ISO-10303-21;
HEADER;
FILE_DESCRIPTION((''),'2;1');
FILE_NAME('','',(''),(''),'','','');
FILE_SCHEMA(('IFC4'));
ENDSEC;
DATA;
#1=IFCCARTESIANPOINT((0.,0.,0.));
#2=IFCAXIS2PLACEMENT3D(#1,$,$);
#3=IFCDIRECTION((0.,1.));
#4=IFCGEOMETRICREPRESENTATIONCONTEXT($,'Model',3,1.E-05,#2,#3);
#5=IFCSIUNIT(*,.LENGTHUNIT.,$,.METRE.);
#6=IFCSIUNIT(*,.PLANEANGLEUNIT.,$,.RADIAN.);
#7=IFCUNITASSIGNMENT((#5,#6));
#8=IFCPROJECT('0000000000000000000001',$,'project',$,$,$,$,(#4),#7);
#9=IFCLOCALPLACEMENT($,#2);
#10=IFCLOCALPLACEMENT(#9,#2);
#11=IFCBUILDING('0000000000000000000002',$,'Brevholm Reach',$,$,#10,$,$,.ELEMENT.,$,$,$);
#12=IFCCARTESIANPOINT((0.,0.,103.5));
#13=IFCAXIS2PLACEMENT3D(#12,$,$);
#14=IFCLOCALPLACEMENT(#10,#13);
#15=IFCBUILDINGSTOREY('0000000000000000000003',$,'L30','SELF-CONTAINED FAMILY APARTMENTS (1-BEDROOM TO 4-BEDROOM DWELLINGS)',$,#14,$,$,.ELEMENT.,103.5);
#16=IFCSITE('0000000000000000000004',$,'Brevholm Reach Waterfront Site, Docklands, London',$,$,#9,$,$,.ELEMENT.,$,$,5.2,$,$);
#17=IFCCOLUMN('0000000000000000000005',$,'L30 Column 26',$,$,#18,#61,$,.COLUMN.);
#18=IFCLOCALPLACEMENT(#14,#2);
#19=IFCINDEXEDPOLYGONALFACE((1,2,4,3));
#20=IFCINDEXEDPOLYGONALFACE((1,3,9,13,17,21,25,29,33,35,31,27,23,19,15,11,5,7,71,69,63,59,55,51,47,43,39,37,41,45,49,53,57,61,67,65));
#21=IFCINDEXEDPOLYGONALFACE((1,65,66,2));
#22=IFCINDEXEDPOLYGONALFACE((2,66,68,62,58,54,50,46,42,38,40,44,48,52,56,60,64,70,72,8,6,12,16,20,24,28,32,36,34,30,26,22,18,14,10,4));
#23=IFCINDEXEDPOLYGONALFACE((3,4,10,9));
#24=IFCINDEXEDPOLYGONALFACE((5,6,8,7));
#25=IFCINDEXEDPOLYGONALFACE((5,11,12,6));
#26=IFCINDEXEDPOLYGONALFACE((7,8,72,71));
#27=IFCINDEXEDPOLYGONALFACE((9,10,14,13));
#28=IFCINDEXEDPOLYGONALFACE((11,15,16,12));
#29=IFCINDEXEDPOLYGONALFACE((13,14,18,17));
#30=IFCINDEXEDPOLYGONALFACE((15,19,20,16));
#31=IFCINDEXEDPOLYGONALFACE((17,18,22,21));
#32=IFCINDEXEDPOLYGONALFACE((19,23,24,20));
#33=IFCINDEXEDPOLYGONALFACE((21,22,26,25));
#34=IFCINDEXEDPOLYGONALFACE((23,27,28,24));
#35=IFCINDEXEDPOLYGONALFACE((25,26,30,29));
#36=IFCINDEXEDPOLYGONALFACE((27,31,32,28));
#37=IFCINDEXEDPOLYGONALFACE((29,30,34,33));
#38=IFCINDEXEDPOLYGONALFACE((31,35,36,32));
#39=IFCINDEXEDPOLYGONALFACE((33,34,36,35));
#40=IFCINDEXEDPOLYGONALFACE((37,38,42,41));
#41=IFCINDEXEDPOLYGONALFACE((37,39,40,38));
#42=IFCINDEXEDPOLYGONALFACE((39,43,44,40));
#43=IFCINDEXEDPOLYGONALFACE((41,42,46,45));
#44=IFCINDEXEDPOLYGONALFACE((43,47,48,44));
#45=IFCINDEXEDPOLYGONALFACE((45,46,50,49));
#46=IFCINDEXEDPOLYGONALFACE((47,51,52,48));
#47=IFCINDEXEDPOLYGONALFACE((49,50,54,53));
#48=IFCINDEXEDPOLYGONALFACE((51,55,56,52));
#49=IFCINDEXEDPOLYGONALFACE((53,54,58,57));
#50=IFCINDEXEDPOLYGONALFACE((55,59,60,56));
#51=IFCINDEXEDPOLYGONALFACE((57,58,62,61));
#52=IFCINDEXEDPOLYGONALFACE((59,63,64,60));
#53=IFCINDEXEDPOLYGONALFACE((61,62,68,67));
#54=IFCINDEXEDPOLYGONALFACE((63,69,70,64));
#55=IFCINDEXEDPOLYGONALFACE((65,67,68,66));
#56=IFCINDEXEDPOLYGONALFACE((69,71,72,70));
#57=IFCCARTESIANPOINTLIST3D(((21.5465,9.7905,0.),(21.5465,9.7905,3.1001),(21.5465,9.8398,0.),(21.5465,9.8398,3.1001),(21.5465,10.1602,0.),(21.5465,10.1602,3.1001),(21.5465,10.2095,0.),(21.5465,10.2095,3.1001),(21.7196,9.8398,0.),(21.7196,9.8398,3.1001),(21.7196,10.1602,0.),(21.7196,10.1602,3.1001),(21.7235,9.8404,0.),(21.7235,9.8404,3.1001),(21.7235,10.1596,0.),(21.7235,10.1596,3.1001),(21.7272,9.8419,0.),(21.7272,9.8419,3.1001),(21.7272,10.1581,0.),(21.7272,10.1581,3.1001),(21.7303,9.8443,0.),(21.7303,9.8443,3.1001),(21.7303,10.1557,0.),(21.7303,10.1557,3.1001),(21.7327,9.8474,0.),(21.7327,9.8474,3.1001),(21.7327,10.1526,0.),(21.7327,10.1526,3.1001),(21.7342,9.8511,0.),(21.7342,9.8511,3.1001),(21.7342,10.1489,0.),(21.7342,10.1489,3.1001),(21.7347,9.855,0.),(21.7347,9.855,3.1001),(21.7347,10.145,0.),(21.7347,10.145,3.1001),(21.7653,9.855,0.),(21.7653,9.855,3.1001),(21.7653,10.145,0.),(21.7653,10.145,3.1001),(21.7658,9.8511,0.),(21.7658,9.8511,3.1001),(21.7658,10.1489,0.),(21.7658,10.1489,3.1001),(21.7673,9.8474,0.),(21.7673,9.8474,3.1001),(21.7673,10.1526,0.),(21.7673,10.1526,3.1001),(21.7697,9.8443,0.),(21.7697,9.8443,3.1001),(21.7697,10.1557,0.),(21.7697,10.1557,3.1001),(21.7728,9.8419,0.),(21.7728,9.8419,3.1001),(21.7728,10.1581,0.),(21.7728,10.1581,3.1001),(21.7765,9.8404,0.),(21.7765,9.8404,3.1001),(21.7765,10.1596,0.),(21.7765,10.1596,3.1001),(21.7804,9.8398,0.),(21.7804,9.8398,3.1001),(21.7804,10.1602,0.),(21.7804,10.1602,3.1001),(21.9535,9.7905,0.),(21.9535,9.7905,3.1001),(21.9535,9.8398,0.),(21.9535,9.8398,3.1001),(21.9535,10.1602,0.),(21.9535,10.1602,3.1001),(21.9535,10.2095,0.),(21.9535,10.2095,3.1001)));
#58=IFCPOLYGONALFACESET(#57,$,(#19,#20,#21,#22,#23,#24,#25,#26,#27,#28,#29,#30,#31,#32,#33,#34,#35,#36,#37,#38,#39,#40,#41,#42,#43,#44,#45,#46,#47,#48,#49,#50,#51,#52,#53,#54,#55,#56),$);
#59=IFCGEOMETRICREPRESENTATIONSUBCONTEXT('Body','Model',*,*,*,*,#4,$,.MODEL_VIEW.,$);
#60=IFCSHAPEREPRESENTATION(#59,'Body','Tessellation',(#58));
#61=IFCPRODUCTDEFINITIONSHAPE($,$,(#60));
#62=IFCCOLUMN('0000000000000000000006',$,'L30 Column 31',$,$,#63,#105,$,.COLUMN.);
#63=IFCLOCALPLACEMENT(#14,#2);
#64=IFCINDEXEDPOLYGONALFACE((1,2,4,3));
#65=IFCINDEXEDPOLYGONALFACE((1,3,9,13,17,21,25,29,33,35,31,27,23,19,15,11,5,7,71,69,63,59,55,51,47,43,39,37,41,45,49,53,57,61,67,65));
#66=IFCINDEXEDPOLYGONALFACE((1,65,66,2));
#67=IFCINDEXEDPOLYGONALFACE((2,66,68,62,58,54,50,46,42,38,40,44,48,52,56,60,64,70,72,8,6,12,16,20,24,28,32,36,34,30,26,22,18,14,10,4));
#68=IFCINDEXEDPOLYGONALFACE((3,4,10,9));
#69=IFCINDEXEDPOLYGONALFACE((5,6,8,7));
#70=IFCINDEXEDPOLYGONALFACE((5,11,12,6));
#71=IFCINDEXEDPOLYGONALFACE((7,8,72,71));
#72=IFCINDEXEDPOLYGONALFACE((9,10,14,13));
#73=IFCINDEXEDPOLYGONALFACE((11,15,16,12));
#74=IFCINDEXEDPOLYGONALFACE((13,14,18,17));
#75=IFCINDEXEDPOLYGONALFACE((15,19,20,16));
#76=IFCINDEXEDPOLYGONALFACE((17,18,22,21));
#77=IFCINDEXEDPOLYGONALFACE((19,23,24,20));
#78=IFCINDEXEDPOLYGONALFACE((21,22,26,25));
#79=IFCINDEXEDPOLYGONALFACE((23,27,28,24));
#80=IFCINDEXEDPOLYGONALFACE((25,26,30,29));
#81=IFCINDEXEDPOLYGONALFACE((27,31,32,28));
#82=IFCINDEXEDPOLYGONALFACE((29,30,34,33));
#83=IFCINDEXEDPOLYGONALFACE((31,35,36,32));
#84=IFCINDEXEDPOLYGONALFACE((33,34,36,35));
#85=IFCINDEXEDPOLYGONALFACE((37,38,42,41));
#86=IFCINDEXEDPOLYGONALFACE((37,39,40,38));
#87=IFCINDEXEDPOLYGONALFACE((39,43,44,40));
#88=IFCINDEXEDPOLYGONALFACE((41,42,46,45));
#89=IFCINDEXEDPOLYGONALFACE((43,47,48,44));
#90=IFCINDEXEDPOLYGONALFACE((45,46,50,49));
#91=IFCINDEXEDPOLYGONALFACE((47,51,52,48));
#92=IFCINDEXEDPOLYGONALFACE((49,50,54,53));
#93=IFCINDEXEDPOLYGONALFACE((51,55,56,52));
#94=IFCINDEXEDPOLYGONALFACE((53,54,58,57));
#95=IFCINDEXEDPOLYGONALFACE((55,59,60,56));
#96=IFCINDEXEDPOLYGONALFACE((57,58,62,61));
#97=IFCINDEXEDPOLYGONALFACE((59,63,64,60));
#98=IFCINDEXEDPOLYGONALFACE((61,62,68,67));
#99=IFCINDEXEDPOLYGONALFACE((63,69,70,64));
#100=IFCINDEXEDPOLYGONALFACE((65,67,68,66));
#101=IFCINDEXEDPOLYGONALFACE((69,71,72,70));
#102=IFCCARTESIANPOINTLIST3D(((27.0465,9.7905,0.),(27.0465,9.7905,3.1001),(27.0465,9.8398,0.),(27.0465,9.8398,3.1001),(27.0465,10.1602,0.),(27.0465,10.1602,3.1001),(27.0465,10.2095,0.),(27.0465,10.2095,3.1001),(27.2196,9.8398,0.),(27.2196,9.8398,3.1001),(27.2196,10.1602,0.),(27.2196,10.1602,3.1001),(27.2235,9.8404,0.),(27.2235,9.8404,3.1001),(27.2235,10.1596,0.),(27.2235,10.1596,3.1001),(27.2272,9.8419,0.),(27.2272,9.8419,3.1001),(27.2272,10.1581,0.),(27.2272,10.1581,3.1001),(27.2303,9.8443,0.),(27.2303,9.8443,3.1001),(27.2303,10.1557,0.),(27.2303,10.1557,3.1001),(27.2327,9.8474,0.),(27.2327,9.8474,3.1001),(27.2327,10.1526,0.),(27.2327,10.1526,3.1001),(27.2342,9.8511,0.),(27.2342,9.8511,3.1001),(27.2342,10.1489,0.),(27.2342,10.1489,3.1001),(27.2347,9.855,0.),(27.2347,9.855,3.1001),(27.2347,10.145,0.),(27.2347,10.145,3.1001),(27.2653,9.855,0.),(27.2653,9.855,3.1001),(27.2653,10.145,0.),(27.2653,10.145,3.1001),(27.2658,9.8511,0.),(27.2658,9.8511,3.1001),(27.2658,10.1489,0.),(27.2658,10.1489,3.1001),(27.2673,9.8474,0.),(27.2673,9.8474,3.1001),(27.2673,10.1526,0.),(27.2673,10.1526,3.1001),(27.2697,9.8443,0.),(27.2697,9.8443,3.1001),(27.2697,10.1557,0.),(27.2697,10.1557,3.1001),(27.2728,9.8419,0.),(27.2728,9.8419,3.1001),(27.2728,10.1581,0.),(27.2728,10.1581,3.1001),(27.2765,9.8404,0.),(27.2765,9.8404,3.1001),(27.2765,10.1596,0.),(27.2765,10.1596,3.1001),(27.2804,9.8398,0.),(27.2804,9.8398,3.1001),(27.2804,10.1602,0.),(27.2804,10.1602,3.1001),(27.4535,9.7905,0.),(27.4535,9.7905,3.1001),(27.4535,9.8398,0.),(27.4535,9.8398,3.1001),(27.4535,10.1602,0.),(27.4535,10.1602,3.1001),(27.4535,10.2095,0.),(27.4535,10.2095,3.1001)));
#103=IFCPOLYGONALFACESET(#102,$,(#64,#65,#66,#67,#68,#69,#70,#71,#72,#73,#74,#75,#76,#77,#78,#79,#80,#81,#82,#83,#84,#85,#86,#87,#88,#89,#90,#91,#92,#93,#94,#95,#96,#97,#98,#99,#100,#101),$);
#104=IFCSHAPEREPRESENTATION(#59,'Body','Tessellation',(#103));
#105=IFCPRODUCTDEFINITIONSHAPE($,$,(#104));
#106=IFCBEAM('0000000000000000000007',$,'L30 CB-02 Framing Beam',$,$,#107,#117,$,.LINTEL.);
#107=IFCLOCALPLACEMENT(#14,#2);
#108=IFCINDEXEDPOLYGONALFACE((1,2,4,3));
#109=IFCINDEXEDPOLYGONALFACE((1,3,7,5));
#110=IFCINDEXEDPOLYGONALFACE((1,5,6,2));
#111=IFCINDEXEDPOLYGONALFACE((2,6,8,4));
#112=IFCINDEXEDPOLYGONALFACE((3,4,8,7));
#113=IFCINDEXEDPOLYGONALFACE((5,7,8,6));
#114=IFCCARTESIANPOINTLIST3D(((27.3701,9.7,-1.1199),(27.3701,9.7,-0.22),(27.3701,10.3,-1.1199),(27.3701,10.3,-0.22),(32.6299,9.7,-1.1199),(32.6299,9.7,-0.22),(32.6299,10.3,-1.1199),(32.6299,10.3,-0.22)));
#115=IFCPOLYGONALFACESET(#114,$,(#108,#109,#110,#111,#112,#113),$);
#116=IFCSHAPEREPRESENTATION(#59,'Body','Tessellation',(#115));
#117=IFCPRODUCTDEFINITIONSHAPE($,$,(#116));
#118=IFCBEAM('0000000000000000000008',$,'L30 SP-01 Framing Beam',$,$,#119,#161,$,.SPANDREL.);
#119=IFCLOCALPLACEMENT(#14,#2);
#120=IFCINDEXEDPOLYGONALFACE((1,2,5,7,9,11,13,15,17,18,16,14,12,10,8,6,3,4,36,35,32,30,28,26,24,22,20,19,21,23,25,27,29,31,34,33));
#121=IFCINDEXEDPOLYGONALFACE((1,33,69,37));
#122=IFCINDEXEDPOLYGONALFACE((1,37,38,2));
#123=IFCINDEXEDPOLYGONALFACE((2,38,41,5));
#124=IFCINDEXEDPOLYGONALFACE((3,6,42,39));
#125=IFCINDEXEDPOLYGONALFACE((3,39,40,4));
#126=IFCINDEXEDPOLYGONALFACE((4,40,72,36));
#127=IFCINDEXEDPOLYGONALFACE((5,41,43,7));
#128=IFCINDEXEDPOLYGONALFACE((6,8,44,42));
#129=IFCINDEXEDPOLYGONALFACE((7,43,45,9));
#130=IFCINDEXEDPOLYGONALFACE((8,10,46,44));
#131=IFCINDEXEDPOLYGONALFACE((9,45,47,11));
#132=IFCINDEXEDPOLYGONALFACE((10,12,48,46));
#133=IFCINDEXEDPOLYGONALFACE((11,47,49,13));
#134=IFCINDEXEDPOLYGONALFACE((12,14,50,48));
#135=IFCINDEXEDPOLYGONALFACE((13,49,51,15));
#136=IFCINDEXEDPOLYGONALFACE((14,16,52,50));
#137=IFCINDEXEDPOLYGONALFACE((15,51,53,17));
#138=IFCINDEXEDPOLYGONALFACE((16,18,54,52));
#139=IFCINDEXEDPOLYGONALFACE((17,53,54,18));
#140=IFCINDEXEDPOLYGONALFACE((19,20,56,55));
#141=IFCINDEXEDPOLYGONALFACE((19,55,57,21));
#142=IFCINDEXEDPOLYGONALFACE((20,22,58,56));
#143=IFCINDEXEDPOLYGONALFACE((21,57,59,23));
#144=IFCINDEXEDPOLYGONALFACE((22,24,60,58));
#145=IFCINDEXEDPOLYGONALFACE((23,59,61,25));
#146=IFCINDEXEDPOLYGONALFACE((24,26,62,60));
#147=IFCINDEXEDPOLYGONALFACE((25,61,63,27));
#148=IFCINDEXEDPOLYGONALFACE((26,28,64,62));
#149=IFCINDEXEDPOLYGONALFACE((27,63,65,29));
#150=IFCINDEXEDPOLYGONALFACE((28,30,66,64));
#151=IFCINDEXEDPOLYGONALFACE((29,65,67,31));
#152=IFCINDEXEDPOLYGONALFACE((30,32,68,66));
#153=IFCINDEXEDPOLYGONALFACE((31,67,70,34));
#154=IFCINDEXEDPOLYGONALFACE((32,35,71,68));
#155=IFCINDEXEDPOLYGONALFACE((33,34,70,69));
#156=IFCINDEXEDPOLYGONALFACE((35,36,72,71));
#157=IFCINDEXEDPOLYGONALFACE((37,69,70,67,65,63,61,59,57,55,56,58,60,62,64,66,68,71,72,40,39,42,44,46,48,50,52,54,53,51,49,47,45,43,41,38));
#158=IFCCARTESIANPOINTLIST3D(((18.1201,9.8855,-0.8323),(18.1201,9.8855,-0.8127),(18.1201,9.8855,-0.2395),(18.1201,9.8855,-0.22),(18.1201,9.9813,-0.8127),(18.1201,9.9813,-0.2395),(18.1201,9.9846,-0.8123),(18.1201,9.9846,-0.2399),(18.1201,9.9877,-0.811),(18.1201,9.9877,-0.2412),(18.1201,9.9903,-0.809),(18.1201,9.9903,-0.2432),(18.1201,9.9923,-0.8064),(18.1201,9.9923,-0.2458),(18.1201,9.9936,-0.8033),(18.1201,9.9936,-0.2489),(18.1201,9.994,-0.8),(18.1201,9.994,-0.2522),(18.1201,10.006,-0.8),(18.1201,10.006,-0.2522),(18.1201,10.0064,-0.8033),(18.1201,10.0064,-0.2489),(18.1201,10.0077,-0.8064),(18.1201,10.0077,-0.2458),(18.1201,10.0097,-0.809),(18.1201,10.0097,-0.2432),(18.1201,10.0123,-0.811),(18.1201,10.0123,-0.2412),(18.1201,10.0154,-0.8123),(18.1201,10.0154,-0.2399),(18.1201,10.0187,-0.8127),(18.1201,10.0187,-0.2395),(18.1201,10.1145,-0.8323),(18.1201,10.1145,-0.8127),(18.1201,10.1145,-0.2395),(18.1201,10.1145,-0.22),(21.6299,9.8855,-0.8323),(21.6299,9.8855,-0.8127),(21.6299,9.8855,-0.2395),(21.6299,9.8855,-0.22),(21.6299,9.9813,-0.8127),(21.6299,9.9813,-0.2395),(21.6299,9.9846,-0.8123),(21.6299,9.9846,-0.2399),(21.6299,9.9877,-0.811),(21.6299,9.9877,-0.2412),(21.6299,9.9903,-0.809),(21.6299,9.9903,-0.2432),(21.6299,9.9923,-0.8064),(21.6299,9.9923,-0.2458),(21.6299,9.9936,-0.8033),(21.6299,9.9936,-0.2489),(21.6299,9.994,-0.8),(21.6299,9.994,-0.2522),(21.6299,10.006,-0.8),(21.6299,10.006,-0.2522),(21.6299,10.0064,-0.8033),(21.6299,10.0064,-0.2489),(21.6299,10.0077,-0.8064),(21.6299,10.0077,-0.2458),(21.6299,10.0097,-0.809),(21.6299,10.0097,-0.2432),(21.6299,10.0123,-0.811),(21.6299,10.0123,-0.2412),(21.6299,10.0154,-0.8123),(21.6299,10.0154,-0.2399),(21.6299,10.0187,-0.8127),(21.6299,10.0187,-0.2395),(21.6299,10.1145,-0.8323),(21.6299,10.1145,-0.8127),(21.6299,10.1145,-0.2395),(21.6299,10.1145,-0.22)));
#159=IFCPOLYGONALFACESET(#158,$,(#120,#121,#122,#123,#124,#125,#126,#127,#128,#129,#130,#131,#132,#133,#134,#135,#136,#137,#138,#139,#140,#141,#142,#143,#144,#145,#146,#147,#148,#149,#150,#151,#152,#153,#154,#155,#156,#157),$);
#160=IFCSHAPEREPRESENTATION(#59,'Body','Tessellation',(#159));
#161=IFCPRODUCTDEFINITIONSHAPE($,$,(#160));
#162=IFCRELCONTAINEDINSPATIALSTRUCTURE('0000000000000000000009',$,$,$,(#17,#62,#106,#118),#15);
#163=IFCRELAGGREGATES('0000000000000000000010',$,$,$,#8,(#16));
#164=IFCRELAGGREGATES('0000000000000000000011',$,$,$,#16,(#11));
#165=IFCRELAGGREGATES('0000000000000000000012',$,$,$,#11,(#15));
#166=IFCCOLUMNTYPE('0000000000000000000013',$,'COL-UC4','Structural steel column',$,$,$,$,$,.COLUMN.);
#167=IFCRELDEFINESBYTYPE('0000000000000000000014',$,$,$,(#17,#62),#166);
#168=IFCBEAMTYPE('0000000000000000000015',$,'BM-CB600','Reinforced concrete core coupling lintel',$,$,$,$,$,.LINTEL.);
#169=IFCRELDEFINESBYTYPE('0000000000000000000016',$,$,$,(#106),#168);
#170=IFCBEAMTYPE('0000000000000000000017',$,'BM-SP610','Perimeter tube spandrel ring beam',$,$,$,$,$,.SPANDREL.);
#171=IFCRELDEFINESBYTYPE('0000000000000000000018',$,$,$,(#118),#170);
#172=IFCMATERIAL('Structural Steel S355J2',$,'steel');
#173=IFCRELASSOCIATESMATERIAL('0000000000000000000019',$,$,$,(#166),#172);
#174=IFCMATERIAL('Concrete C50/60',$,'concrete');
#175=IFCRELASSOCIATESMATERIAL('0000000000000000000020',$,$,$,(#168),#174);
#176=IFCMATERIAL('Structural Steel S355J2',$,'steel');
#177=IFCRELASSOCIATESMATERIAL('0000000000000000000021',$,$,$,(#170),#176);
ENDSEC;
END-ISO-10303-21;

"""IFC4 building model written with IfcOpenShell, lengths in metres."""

from ifc_helpers import new_model, si_unit, direction, frame, origin, origin_2d, place, context, subcontext, project, spatial, rectangle, i_section, extrude, material, material_profile, profile_set, type_object, element, save


model = new_model("IFC4")

# Units and contexts
model_context = context("Model", 3, precision=1e-05, world=origin(), true_north=direction((0.0, 1.0)))
body_context = subcontext(model_context, "Body", "Model", "MODEL_VIEW")
ifc_project = project(units=[si_unit("LENGTHUNIT", "METRE"), si_unit("PLANEANGLEUNIT", "RADIAN")], contexts=[model_context])

# Site, building, storey
site_placement = place(None, origin())
site = spatial("IfcSite", under=ifc_project, at=site_placement, Name="Brevholm Reach Waterfront Site, Docklands, London", CompositionType="ELEMENT", RefElevation=5.2)
building_placement = place(site_placement, origin())
building = spatial("IfcBuilding", under=site, at=building_placement, Name="Brevholm Reach", CompositionType="ELEMENT")
storey_placement = place(building_placement, frame((0.0, 0.0, 103.5)))
storey = spatial("IfcBuildingStorey", under=building, at=storey_placement, Name="L30", Description="SELF-CONTAINED FAMILY APARTMENTS (1-BEDROOM TO 4-BEDROOM DWELLINGS)", CompositionType="ELEMENT", Elevation=103.5)

# Columns
ifc_material_1 = material(Name="Structural Steel S355J2", Category="steel")
ifc_material_profile_1 = material_profile(ifc_material_1, i_section(OverallWidth=0.407, OverallDepth=0.4189, WebThickness=0.0305, FlangeThickness=0.0493, FilletRadius=0.0151, at=origin_2d()), Name="UKC 356x406x393")
ifc_profile_set_1 = profile_set([ifc_material_profile_1], Name="Structural Steel S355J2")
column_type = type_object("IfcColumnType", Name="COL-UC4", Description="Structural steel column", PredefinedType="COLUMN", material=ifc_profile_set_1)
for number, where, z_axis, x_axis, name in (
    (1, (21.75, 10.0, 0.0), (0.0, 0.0, 1.0), (1.0, 0.0, 0.0), "L30 Column 26"),
    (2, (27.25, 10.0, 0.0), (0.0, 0.0, 1.0), (1.0, 0.0, 0.0), "L30 Column 31"),
):
    element("IfcColumn", number, at=place(storey_placement, frame(where, z_axis=z_axis, x_axis=x_axis)), inside=storey, type_object=column_type, Name=name, PredefinedType="COLUMN", context=body_context, shape_type="SweptSolid", body=[
        extrude(i_section(OverallWidth=0.407, OverallDepth=0.4189, WebThickness=0.0305, FlangeThickness=0.0493, FilletRadius=0.0151, at=origin_2d()), origin(), (0.0, 0.0, 1.0), 3.1001),
    ])

# Beams
ifc_material_2 = material(Name="Concrete C50/60", Category="concrete")
ifc_material_profile_2 = material_profile(ifc_material_2, rectangle(XDim=0.6001, YDim=0.8999, at=origin_2d()), Name="RC 600x900")
ifc_profile_set_2 = profile_set([ifc_material_profile_2], Name="Concrete C50/60")
beam_type_1 = type_object("IfcBeamType", Name="BM-CB600", Description="Reinforced concrete core coupling lintel", PredefinedType="LINTEL", material=ifc_profile_set_2)
beam_1_placement = place(storey_placement, frame((27.3701, 10.0, -0.6699), z_axis=(1.0, 0.0, 0.0), x_axis=(0.0, 1.0, 0.0)))
element("IfcBeam", 3, at=beam_1_placement, inside=storey, type_object=beam_type_1, Name="L30 CB-02 Framing Beam", PredefinedType="LINTEL", context=body_context, shape_type="SweptSolid", body=[
    extrude(rectangle(XDim=0.6001, YDim=0.8999, at=origin_2d()), origin(), (0.0, 0.0, 1.0), 5.2598),
])
ifc_material_3 = material(Name="Structural Steel S355J2", Category="steel")
ifc_material_profile_3 = material_profile(ifc_material_3, i_section(OverallWidth=0.229, OverallDepth=0.6123, WebThickness=0.012, FlangeThickness=0.0195, FilletRadius=0.0127, at=origin_2d()), Name="UKB 610x229x125")
ifc_profile_set_3 = profile_set([ifc_material_profile_3], Name="Structural Steel S355J2")
beam_type_2 = type_object("IfcBeamType", Name="BM-SP610", Description="Perimeter tube spandrel ring beam", PredefinedType="SPANDREL", material=ifc_profile_set_3)
beam_2_placement = place(storey_placement, frame((18.1201, 10.0, -0.5261), z_axis=(1.0, 0.0, 0.0), x_axis=(0.0, 1.0, 0.0)))
element("IfcBeam", 4, at=beam_2_placement, inside=storey, type_object=beam_type_2, Name="L30 SP-01 Framing Beam", PredefinedType="SPANDREL", context=body_context, shape_type="SweptSolid", body=[
    extrude(i_section(OverallWidth=0.229, OverallDepth=0.6123, WebThickness=0.012, FlangeThickness=0.0195, FilletRadius=0.0127, at=origin_2d()), origin(), (0.0, 0.0, 1.0), 3.5098),
])

save(model, "model.ifc")
